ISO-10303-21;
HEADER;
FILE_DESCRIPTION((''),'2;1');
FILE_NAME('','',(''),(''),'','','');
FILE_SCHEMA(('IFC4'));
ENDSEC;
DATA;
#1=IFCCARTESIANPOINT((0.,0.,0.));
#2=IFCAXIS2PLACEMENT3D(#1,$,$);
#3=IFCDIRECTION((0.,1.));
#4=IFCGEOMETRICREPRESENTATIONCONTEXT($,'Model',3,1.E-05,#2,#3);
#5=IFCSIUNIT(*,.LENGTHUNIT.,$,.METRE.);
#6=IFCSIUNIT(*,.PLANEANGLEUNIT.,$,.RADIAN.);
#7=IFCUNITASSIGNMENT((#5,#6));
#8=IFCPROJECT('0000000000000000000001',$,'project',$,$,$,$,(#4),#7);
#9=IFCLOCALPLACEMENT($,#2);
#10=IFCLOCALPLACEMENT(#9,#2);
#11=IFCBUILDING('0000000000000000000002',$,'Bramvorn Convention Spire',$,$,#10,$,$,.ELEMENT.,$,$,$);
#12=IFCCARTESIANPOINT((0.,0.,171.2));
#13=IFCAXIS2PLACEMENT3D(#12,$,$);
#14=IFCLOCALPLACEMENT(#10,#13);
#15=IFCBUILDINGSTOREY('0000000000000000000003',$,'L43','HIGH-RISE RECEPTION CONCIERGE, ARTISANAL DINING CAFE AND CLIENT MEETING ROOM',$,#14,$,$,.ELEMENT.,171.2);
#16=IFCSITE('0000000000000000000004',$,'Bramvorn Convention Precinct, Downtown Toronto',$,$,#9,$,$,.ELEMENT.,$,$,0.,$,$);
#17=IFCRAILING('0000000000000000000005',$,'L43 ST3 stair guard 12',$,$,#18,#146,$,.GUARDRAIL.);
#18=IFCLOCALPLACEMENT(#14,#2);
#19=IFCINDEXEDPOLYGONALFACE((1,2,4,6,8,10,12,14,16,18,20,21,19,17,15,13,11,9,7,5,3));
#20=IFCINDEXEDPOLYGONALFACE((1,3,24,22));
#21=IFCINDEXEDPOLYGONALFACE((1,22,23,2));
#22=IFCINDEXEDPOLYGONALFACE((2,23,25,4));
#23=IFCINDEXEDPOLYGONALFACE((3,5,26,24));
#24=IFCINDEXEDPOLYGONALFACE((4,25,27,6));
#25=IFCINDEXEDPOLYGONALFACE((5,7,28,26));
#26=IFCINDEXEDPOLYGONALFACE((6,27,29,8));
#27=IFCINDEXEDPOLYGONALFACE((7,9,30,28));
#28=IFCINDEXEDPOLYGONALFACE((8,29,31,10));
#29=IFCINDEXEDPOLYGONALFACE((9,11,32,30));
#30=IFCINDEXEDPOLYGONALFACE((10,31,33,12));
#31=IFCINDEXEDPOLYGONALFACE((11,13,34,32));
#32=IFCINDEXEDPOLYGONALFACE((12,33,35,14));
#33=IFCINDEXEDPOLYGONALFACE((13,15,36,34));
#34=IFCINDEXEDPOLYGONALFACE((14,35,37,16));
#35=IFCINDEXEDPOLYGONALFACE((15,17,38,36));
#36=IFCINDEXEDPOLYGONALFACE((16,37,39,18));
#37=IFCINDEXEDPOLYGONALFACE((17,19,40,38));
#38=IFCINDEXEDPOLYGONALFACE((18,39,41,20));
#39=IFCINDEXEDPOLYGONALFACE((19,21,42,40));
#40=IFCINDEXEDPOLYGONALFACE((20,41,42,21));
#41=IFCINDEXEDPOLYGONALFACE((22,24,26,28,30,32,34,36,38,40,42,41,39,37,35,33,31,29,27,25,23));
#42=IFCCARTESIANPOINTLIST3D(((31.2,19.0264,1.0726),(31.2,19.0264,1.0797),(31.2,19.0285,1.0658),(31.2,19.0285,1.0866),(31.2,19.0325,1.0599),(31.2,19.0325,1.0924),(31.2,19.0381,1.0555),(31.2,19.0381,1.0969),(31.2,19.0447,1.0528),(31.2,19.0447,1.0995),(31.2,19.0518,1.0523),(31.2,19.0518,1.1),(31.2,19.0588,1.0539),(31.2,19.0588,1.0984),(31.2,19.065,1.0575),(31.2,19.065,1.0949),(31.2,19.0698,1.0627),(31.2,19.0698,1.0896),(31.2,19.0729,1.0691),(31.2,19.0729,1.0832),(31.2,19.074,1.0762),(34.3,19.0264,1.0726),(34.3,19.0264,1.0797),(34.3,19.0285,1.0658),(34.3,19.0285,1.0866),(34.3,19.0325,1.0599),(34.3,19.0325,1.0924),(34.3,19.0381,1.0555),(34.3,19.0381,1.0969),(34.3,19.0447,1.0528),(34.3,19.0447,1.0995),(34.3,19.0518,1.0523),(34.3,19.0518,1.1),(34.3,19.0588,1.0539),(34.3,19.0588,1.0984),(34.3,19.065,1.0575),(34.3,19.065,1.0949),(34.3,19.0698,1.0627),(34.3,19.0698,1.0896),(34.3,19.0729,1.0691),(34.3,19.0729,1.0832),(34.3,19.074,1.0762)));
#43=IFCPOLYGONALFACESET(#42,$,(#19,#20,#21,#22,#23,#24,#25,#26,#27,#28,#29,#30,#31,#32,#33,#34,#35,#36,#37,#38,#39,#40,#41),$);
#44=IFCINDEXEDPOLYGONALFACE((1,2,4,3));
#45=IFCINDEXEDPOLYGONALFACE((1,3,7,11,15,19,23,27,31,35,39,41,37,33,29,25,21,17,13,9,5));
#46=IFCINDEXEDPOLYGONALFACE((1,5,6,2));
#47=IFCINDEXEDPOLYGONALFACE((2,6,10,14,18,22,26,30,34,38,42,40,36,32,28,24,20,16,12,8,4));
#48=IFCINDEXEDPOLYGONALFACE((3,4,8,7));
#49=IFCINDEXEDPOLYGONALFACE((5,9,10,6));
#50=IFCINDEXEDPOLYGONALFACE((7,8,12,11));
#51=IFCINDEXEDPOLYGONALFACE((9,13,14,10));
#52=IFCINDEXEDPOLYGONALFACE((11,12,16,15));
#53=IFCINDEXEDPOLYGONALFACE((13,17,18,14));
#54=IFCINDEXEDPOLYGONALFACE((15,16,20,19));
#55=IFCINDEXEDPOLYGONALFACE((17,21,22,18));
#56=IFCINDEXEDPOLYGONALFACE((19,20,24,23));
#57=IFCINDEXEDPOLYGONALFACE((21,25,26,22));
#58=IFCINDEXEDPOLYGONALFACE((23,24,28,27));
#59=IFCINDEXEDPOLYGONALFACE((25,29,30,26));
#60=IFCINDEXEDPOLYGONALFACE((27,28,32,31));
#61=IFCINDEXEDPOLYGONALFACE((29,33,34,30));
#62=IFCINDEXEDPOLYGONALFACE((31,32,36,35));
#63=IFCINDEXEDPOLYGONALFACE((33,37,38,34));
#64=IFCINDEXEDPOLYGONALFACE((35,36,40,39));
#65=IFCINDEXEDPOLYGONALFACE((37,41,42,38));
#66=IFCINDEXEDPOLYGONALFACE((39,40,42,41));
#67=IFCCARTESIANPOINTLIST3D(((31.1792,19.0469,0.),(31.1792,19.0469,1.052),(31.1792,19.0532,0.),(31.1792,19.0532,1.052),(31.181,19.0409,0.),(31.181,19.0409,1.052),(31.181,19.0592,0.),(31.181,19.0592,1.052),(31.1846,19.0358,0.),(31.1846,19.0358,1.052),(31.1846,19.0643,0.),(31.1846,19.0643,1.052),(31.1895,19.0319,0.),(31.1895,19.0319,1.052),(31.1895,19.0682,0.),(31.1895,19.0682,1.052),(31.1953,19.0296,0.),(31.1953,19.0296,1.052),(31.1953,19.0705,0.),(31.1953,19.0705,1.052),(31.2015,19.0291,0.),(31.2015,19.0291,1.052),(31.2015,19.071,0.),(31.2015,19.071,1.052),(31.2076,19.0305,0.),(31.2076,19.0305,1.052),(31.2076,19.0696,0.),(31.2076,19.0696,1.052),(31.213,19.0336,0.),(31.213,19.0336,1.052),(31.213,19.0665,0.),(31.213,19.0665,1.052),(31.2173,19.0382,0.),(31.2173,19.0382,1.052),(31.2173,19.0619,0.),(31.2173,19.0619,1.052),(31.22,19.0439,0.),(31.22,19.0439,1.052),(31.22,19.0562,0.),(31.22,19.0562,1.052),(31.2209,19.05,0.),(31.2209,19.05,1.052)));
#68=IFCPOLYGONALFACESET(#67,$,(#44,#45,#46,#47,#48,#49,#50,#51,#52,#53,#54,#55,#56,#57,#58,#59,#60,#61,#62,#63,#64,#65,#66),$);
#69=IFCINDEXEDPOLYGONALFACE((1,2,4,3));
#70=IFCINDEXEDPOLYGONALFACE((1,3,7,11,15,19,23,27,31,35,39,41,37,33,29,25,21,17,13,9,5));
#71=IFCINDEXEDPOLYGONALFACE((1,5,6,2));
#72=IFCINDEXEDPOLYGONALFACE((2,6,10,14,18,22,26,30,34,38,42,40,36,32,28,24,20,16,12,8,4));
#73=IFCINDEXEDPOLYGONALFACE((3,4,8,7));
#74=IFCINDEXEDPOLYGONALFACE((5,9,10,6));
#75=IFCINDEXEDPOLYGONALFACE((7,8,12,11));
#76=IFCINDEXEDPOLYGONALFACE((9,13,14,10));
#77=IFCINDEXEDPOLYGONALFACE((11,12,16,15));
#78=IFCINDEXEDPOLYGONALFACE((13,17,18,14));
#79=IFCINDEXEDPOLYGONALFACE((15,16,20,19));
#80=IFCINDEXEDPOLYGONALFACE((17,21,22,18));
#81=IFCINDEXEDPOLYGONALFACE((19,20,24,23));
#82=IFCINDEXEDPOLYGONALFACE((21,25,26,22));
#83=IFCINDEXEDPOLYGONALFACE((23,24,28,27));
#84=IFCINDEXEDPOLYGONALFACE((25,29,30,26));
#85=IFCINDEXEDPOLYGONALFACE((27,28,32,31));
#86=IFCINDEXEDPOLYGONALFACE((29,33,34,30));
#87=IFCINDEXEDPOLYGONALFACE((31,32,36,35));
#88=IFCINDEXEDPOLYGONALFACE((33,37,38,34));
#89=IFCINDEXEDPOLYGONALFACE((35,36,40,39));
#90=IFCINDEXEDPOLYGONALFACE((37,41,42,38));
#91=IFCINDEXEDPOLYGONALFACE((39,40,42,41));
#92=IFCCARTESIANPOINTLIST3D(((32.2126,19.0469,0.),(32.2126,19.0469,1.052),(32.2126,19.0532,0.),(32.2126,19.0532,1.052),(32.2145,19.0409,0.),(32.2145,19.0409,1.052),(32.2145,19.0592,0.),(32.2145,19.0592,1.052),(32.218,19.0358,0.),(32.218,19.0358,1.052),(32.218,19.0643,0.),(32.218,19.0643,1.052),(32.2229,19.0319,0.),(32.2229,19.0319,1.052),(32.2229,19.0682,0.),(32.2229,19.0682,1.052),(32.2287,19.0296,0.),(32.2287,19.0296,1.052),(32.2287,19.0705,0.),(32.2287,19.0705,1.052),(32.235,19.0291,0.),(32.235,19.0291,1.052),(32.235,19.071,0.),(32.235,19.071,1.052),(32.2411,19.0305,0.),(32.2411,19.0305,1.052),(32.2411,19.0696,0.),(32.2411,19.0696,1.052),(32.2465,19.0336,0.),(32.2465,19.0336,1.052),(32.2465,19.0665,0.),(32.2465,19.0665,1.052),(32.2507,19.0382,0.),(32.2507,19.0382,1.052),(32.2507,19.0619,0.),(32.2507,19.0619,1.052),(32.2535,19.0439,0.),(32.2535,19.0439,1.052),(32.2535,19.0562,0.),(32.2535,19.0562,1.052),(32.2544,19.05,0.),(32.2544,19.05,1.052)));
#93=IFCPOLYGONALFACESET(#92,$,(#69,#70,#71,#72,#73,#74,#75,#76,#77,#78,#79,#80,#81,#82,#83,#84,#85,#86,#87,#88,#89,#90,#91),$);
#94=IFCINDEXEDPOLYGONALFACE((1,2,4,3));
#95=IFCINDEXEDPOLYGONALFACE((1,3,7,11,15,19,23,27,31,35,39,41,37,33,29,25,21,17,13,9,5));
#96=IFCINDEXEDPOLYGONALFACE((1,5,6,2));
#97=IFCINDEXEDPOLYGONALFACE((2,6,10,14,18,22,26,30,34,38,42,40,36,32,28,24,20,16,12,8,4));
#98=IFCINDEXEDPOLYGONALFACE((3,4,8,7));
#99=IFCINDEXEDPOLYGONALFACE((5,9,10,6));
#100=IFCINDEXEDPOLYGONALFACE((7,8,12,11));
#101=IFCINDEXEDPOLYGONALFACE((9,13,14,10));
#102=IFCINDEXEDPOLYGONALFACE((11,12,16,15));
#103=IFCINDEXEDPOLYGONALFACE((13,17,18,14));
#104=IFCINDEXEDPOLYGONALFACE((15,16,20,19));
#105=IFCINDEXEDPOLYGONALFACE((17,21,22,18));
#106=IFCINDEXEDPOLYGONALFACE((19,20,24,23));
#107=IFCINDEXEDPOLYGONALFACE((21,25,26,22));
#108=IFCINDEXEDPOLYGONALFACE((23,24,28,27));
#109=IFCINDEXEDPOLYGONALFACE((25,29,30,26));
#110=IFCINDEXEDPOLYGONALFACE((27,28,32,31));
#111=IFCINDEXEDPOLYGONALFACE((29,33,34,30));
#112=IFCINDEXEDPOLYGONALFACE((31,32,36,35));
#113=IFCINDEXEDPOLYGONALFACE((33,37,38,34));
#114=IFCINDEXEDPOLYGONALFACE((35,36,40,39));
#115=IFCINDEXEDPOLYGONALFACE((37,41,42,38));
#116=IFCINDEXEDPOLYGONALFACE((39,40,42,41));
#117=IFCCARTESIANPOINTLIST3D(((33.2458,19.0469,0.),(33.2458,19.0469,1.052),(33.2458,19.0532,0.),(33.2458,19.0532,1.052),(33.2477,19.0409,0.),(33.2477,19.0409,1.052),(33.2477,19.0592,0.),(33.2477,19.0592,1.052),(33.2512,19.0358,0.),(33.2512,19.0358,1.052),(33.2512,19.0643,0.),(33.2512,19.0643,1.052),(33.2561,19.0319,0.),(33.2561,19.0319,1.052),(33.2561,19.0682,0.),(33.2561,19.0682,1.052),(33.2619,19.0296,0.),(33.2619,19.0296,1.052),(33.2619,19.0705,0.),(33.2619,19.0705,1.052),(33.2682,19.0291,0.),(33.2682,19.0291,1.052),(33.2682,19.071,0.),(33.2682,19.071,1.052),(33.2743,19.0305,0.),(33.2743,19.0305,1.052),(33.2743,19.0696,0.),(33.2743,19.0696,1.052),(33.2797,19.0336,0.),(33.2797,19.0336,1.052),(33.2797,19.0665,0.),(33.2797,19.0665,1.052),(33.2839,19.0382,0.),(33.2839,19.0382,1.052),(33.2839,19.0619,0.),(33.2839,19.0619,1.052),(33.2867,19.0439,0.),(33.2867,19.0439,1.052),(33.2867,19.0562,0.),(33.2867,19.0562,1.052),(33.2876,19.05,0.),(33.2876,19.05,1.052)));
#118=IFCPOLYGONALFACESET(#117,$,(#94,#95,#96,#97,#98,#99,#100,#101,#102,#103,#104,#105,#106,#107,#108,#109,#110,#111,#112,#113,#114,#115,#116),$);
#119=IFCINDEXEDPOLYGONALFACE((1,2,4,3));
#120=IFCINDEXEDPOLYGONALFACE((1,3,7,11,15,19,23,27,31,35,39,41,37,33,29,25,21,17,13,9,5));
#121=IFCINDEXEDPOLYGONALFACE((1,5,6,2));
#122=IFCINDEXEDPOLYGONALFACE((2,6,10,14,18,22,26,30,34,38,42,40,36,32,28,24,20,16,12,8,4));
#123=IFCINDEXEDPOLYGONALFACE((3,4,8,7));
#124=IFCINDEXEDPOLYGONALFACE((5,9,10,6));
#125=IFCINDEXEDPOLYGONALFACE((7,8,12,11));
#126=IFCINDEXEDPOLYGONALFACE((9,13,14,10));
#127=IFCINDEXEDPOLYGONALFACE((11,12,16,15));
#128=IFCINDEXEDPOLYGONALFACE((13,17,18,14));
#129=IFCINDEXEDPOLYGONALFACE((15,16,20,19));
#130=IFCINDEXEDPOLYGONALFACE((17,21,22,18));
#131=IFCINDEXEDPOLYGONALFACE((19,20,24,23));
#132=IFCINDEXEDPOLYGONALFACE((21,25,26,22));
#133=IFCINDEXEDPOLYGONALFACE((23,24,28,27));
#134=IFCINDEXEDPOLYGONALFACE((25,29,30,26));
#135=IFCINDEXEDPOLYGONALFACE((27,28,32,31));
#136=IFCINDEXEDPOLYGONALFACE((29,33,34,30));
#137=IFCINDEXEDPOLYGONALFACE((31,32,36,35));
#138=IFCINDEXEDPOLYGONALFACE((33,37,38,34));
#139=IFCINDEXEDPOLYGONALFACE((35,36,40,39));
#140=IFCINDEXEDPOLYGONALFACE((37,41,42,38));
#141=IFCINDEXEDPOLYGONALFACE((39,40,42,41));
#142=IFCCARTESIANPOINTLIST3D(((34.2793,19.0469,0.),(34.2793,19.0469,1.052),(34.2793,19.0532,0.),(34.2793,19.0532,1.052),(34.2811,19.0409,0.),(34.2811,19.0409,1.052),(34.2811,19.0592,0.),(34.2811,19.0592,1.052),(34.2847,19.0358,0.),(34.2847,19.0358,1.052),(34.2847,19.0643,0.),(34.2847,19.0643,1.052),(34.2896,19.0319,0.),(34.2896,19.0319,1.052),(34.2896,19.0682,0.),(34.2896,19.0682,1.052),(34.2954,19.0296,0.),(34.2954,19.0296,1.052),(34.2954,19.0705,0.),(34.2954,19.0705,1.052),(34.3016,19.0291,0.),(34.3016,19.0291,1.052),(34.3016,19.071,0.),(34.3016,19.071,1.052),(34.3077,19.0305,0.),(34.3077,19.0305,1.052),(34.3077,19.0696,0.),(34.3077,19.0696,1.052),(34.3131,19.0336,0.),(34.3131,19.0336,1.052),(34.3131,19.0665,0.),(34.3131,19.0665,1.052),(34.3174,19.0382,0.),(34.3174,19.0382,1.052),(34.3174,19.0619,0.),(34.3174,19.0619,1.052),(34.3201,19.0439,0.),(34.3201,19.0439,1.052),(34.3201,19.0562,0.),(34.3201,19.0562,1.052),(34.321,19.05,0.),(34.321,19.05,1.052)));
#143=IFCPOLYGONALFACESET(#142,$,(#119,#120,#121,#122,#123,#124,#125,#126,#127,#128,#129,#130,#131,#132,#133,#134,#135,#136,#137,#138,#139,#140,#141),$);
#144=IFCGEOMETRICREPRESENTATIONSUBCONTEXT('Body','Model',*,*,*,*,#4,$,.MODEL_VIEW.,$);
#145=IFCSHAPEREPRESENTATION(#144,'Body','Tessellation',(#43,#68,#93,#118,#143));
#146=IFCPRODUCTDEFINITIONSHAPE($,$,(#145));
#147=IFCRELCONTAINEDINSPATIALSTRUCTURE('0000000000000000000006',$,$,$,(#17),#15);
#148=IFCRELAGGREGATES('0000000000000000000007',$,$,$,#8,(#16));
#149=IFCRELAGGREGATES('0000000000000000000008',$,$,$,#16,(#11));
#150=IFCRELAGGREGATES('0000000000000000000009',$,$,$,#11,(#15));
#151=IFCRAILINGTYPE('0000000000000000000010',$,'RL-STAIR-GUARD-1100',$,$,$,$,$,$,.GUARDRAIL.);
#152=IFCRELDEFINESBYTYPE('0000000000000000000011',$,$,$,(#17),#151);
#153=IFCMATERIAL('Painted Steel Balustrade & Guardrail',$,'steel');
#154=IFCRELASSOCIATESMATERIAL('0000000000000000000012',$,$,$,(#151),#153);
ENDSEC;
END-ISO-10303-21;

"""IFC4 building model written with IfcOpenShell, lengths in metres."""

from ifc_helpers import new_model, si_unit, direction, frame, origin, origin_2d, place, context, subcontext, project, spatial, circle, extrude, material, type_object, element, save


model = new_model("IFC4")

# Units and contexts
model_context = context("Model", 3, precision=1e-05, world=origin(), true_north=direction((0.0, 1.0)))
body_context = subcontext(model_context, "Body", "Model", "MODEL_VIEW")
ifc_project = project(units=[si_unit("LENGTHUNIT", "METRE"), si_unit("PLANEANGLEUNIT", "RADIAN")], contexts=[model_context])

# Site, building, storey
site_placement = place(None, origin())
site = spatial("IfcSite", under=ifc_project, at=site_placement, Name="Bramvorn Convention Precinct, Downtown Toronto", CompositionType="ELEMENT", RefElevation=0.0)
building_placement = place(site_placement, origin())
building = spatial("IfcBuilding", under=site, at=building_placement, Name="Bramvorn Convention Spire", CompositionType="ELEMENT")
storey_placement = place(building_placement, frame((0.0, 0.0, 171.2)))
storey = spatial("IfcBuildingStorey", under=building, at=storey_placement, Name="L43", Description="HIGH-RISE RECEPTION CONCIERGE, ARTISANAL DINING CAFE AND CLIENT MEETING ROOM", CompositionType="ELEMENT", Elevation=171.2)

# Railing
ifc_material_1 = material(Name="Painted Steel Balustrade & Guardrail", Category="steel")
railing_type_1 = type_object("IfcRailingType", Name="RL-STAIR-GUARD-1100", PredefinedType="GUARDRAIL", material=ifc_material_1)
railing_1_placement = place(storey_placement, frame((31.2, 19.05, 0.0)))
element("IfcRailing", 1, at=railing_1_placement, inside=storey, type_object=railing_type_1, Name="L43 ST3 stair guard 12", PredefinedType="GUARDRAIL", context=body_context, shape_type="SweptSolid", body=[
    extrude(circle(Radius=0.0239, at=origin_2d()), frame((0.0, 0.0, 1.0762), z_axis=(1.0, 0.0, 0.0), x_axis=(0.0, 1.0, 0.0)), (0.0, 0.0, 1.0), 3.1001),
    extrude(circle(Radius=0.021, at=origin_2d()), origin(), (0.0, 0.0, 1.0), 1.052),
    extrude(circle(Radius=0.021, at=origin_2d()), frame((1.0334, 0.0, 0.0)), (0.0, 0.0, 1.0), 1.052),
    extrude(circle(Radius=0.021, at=origin_2d()), frame((2.0667, 0.0, 0.0)), (0.0, 0.0, 1.0), 1.052),
    extrude(circle(Radius=0.021, at=origin_2d()), frame((3.1001, 0.0, 0.0)), (0.0, 0.0, 1.0), 1.052),
])

save(model, "model.ifc")
